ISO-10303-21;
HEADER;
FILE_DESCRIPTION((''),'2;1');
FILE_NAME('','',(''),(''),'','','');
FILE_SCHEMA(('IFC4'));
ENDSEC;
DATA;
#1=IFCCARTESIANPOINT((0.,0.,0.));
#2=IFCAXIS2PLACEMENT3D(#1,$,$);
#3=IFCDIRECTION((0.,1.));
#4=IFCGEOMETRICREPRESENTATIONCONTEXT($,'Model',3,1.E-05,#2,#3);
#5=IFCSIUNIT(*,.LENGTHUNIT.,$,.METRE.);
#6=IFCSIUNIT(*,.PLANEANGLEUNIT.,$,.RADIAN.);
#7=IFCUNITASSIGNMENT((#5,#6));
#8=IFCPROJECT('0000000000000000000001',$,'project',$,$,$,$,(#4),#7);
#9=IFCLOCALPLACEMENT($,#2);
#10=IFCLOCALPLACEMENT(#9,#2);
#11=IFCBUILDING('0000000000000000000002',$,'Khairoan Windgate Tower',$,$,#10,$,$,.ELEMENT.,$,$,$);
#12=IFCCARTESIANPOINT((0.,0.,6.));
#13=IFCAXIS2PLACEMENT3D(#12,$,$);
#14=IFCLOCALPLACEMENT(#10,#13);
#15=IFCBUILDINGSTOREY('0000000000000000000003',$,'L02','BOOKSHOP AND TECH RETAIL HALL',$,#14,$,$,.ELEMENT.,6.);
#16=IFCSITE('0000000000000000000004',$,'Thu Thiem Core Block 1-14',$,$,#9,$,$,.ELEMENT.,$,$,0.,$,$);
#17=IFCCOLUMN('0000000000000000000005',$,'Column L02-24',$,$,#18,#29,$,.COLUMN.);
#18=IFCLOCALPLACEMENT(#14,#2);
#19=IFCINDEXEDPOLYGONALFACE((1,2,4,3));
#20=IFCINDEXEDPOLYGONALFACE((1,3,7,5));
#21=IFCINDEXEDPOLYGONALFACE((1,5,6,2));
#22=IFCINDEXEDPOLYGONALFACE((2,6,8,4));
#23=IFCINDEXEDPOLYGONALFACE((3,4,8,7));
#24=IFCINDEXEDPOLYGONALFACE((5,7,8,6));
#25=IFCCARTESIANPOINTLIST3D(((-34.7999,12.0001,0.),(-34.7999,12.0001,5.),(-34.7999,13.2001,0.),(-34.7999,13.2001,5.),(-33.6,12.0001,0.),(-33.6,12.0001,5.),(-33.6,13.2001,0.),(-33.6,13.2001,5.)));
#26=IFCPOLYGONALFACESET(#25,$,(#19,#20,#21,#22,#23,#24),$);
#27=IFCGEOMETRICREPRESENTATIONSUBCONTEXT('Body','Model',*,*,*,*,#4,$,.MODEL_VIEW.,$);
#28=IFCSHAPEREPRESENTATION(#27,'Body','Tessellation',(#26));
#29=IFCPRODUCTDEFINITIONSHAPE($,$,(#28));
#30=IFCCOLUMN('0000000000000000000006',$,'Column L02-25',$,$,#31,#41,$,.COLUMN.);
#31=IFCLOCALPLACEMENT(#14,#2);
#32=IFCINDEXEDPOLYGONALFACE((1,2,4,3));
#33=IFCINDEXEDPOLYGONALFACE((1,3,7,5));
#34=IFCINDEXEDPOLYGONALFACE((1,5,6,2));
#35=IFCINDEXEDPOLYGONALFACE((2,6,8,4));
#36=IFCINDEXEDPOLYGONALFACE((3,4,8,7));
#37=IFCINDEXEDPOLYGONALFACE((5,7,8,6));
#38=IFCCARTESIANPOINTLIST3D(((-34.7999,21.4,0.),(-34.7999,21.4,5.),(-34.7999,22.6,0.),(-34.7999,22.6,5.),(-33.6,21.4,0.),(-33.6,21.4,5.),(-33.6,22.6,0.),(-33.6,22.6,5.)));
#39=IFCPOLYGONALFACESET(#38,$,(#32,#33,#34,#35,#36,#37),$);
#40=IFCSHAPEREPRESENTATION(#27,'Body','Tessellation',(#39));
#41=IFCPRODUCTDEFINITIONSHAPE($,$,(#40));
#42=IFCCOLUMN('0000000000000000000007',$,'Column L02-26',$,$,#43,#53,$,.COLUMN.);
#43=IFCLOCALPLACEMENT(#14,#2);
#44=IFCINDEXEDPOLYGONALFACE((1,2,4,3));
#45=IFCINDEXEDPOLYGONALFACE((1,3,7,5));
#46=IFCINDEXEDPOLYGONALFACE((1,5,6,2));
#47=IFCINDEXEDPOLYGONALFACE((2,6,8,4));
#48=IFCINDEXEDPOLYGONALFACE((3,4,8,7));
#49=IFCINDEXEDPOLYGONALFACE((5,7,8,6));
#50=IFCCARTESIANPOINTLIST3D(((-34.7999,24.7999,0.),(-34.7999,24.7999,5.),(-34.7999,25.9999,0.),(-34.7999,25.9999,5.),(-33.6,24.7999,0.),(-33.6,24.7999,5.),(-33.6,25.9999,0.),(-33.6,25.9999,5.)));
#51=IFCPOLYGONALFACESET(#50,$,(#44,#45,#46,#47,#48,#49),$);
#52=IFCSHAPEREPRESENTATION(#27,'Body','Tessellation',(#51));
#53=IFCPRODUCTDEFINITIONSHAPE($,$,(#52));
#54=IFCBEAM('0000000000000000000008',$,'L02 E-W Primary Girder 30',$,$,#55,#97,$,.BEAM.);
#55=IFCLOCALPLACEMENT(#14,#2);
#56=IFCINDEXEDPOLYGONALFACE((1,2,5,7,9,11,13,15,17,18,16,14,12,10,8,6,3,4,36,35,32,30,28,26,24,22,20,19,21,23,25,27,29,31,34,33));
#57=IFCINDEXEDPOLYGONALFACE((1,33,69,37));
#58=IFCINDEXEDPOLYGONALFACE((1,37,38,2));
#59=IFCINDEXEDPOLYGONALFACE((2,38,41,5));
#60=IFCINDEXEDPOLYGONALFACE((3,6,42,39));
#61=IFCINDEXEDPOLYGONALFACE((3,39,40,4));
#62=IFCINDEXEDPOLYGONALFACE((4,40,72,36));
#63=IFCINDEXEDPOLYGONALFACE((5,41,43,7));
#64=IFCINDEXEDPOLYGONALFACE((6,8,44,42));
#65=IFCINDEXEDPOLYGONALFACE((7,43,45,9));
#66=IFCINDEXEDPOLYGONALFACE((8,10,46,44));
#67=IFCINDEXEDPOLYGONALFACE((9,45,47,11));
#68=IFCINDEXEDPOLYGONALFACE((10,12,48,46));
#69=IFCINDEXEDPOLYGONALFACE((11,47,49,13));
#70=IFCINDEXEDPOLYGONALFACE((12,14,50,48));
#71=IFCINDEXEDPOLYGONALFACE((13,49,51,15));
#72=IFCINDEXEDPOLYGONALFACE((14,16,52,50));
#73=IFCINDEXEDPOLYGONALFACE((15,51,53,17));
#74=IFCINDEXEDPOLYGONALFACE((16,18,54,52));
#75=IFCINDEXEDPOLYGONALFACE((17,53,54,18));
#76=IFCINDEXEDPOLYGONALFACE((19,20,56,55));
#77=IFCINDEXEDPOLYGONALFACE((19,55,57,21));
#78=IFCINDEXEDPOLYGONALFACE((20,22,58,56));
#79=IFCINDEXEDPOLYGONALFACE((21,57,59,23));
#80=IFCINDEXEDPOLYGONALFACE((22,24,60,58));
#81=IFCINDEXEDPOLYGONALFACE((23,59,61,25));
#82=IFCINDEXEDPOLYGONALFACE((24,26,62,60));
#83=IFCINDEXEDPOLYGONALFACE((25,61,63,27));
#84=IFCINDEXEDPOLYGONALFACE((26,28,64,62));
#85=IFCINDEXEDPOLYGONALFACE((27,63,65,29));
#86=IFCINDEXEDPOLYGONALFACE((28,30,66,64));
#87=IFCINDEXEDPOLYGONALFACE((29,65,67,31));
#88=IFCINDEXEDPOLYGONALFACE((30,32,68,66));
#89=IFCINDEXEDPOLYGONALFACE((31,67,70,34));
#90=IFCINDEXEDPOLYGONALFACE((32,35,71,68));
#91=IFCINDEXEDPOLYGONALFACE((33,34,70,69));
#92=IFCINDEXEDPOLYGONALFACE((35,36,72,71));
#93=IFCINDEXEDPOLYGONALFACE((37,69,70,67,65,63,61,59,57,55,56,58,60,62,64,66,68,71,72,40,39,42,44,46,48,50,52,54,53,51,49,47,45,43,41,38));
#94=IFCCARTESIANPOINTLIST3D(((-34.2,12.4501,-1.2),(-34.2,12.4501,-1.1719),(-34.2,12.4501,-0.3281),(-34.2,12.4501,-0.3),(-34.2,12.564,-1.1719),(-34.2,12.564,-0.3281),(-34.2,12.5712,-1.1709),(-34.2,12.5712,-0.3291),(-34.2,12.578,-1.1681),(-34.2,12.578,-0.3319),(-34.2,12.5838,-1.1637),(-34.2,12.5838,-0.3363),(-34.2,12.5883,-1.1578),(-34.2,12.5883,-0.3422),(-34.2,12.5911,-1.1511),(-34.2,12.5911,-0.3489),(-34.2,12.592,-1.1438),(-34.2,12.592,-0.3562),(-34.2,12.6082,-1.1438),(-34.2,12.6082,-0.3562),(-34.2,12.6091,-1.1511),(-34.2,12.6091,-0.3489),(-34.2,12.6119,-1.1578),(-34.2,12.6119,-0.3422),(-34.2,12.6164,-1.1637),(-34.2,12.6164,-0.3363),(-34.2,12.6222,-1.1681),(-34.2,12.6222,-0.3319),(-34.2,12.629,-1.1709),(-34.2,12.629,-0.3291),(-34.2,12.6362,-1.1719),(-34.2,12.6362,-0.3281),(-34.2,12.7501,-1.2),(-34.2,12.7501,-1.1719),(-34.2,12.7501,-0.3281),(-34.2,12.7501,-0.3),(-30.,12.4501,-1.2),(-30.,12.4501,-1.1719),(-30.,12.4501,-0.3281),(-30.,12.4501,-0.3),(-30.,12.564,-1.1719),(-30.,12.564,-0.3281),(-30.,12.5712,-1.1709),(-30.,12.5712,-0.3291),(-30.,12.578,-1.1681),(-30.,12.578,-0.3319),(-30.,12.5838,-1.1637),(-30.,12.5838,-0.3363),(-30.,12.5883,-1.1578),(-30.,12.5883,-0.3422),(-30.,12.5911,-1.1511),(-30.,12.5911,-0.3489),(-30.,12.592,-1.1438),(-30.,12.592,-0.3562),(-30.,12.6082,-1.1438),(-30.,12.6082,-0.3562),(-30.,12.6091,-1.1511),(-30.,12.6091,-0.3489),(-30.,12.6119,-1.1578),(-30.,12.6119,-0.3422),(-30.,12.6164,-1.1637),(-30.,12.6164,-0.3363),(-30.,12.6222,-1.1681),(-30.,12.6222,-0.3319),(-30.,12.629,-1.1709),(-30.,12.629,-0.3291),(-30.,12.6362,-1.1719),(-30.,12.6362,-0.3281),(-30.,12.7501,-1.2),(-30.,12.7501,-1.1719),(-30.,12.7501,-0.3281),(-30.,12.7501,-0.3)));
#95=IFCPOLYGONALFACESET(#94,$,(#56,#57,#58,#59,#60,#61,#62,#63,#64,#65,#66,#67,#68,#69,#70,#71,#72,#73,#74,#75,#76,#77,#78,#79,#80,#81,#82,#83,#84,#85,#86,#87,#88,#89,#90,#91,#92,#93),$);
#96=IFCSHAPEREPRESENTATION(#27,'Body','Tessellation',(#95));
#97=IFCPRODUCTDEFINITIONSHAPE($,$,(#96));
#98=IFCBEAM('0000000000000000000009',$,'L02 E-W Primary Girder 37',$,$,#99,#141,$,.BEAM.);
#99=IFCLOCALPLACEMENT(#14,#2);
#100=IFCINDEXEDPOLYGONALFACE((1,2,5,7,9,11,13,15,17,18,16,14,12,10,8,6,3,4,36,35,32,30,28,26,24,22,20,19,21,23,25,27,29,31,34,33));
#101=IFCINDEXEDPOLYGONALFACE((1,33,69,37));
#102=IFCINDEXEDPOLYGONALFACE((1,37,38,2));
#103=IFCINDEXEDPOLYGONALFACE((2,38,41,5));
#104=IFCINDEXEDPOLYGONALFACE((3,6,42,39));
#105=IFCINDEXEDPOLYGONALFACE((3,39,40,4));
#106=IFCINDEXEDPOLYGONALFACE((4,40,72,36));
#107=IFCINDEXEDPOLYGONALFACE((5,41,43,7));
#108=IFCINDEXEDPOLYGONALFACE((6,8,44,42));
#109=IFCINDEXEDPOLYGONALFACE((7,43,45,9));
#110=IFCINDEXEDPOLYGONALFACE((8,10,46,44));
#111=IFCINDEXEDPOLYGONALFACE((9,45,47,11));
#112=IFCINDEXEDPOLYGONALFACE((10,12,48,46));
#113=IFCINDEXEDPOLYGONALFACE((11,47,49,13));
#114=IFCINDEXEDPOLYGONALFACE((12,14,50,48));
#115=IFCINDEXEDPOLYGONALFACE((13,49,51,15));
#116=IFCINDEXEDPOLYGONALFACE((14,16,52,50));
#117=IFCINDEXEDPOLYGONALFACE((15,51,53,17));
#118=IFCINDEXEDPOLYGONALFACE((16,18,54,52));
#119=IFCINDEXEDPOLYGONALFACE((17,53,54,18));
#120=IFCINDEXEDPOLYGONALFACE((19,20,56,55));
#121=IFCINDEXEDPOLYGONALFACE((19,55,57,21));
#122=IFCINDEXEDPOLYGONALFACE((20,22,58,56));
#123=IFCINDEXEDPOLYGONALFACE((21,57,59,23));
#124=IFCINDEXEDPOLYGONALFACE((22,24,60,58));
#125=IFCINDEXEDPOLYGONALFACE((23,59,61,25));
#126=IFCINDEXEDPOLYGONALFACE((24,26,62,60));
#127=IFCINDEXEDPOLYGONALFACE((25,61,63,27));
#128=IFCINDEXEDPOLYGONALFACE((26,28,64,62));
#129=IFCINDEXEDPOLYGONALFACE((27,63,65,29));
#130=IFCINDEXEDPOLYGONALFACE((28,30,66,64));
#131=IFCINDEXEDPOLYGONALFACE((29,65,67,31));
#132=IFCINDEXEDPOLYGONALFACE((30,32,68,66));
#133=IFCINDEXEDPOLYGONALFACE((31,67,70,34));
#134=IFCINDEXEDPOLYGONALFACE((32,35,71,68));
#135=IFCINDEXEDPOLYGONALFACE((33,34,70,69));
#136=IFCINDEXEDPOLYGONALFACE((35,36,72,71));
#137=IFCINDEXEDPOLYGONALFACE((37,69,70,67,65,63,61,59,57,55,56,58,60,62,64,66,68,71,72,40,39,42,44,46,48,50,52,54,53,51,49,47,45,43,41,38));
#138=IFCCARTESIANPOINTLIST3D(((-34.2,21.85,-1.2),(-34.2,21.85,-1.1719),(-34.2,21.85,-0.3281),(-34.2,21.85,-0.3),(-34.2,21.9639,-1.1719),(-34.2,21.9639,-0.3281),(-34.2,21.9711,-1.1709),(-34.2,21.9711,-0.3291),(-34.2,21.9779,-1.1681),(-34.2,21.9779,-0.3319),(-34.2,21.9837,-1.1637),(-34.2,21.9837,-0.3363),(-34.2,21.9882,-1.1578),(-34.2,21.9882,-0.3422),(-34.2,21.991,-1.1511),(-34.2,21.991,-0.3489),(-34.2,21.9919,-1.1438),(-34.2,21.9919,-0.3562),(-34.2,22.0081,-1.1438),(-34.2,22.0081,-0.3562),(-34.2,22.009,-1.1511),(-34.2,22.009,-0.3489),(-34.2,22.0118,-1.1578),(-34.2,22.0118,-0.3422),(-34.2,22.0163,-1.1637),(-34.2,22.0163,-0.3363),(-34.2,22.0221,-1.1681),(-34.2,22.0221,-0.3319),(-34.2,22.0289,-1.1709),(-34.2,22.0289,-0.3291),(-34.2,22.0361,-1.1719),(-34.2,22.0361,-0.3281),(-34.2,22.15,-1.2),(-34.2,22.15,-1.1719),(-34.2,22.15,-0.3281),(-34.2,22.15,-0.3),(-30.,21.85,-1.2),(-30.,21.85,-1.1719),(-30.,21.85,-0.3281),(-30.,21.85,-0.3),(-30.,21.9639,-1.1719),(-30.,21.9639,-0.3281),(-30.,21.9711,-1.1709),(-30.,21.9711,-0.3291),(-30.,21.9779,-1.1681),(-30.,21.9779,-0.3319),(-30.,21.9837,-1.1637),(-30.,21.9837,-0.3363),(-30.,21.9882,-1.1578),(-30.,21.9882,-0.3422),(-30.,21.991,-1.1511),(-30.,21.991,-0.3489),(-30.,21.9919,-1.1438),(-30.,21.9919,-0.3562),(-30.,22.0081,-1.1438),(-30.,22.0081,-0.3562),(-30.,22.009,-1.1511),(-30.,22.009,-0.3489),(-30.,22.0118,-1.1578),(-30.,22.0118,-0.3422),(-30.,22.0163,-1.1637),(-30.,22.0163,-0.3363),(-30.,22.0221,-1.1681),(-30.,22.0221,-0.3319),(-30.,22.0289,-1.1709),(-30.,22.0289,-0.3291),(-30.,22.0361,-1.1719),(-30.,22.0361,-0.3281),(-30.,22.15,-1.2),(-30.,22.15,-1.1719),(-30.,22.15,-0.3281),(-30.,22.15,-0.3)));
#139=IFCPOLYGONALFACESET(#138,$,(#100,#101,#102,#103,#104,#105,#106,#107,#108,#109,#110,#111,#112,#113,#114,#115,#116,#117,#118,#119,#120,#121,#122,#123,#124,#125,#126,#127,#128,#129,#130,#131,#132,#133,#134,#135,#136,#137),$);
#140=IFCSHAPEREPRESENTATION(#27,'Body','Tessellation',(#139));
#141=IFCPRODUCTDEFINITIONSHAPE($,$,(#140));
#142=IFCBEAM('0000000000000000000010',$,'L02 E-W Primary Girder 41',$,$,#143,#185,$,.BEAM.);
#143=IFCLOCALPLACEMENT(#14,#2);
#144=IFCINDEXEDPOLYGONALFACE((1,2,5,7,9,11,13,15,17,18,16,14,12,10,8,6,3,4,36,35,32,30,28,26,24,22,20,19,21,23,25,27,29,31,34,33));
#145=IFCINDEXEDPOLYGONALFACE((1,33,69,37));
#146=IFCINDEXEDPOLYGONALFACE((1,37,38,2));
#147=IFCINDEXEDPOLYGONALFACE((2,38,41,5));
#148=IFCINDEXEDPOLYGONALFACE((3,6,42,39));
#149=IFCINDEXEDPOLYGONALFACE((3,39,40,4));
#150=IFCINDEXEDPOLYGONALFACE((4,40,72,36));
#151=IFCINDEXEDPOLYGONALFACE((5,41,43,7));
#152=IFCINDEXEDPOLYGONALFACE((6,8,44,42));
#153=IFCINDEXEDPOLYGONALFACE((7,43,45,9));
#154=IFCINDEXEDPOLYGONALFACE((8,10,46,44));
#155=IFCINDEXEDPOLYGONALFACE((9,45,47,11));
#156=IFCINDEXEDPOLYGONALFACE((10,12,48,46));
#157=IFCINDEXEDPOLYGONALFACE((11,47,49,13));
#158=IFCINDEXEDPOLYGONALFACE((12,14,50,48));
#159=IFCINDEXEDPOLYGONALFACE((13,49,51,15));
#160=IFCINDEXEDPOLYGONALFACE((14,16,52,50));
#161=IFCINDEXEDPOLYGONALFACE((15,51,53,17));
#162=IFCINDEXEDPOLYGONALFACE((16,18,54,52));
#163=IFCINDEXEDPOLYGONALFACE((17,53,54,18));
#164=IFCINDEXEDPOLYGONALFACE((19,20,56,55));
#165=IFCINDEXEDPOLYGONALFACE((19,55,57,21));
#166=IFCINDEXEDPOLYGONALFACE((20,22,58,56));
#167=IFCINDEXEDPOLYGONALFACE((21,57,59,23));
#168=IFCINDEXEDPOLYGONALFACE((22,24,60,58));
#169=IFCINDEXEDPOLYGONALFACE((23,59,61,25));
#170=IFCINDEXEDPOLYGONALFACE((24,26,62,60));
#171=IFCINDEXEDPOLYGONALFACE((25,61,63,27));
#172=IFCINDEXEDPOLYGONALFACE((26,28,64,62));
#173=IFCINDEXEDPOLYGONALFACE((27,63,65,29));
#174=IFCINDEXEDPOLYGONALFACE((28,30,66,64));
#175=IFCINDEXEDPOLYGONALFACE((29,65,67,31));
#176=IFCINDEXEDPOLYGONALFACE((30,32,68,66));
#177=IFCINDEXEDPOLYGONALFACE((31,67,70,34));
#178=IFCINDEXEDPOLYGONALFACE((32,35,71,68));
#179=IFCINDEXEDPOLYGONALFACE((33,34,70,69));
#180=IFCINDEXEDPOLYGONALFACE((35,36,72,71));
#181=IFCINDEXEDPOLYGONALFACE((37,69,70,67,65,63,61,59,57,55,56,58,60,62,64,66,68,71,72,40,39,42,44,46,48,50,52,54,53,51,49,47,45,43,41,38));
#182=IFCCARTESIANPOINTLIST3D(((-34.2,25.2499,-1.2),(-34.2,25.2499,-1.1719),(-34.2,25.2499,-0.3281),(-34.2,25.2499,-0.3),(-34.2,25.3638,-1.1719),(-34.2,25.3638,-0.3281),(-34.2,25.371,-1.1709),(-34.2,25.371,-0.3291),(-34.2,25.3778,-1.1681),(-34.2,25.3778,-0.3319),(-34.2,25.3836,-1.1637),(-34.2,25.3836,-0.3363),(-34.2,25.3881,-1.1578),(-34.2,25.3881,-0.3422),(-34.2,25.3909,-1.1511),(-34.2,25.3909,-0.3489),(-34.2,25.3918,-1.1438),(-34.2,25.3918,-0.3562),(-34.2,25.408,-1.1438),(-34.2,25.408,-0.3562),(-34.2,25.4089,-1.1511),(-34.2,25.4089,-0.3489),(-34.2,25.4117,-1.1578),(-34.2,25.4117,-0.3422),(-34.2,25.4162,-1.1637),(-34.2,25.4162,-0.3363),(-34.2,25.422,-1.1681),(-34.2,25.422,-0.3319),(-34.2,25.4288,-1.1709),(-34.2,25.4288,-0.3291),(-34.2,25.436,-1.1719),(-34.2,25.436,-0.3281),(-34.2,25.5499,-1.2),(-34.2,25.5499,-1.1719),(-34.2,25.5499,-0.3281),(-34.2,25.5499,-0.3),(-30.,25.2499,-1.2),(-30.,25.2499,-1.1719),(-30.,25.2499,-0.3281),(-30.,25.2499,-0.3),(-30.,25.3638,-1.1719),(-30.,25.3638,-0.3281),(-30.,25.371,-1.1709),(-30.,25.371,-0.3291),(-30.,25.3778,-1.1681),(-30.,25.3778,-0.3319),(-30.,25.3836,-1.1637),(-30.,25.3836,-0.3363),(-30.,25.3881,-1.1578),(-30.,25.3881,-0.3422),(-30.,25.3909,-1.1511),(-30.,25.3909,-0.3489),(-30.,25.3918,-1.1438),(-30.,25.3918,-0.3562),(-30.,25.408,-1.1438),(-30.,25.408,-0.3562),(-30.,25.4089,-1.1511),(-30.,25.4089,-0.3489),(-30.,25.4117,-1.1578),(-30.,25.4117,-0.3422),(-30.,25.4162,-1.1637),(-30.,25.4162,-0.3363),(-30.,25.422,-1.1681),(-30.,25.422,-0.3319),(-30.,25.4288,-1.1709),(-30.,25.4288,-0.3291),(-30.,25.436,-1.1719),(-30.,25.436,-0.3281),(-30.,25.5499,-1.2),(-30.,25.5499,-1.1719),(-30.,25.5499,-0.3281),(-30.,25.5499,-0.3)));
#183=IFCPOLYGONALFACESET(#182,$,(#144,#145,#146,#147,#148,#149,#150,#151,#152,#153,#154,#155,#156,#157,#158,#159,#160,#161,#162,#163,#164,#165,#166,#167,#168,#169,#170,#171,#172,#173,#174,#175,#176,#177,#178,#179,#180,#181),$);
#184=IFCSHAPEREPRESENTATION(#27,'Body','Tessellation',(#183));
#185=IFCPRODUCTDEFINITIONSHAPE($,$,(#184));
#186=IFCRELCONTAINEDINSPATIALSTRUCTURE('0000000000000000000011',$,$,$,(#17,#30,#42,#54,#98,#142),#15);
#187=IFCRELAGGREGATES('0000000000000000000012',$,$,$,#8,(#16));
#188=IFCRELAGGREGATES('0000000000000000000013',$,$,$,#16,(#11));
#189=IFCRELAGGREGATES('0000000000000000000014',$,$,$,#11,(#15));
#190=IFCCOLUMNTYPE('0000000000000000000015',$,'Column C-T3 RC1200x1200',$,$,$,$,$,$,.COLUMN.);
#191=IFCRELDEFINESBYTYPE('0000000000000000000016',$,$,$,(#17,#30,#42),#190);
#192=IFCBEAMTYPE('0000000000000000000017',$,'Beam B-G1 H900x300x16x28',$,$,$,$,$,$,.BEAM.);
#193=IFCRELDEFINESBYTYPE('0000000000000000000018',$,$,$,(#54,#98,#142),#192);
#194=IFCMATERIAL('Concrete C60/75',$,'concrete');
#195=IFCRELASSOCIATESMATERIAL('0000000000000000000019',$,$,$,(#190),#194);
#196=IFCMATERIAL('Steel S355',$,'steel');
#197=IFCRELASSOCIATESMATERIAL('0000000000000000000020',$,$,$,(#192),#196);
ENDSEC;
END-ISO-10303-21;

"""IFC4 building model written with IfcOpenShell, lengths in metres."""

from ifc_helpers import new_model, si_unit, direction, frame, origin, origin_2d, place, context, subcontext, project, spatial, rectangle, i_section, extrude, material, material_profile, profile_set, type_object, element, save


model = new_model("IFC4")

# Units and contexts
model_context = context("Model", 3, precision=1e-05, world=origin(), true_north=direction((0.0, 1.0)))
body_context = subcontext(model_context, "Body", "Model", "MODEL_VIEW")
ifc_project = project(units=[si_unit("LENGTHUNIT", "METRE"), si_unit("PLANEANGLEUNIT", "RADIAN")], contexts=[model_context])

# Site, building, storey
site_placement = place(None, origin())
site = spatial("IfcSite", under=ifc_project, at=site_placement, Name="Thu Thiem Core Block 1-14", CompositionType="ELEMENT", RefElevation=0.0)
building_placement = place(site_placement, origin())
building = spatial("IfcBuilding", under=site, at=building_placement, Name="Khairoan Windgate Tower", CompositionType="ELEMENT")
storey_placement = place(building_placement, frame((0.0, 0.0, 6.0)))
storey = spatial("IfcBuildingStorey", under=building, at=storey_placement, Name="L02", Description="BOOKSHOP AND TECH RETAIL HALL", CompositionType="ELEMENT", Elevation=6.0)

# Columns
ifc_material_1 = material(Name="Concrete C60/75", Category="concrete")
ifc_material_profile_1 = material_profile(ifc_material_1, rectangle(XDim=1.2, YDim=1.2, at=origin_2d()))
ifc_profile_set_1 = profile_set([ifc_material_profile_1], Name="Concrete C60/75")
column_type = type_object("IfcColumnType", Name="Column C-T3 RC1200x1200", PredefinedType="COLUMN", material=ifc_profile_set_1)
for number, where, z_axis, x_axis, name in (
    (1, (-34.2, 12.6001, 0.0), (0.0, 0.0, 1.0), (1.0, 0.0, 0.0), "Column L02-24"),
    (2, (-34.2, 22.0, 0.0), (0.0, 0.0, 1.0), (1.0, 0.0, 0.0), "Column L02-25"),
    (3, (-34.2, 25.3999, 0.0), (0.0, 0.0, 1.0), (1.0, 0.0, 0.0), "Column L02-26"),
):
    element("IfcColumn", number, at=place(storey_placement, frame(where, z_axis=z_axis, x_axis=x_axis)), inside=storey, type_object=column_type, Name=name, PredefinedType="COLUMN", context=body_context, shape_type="SweptSolid", body=[
        extrude(rectangle(XDim=1.2, YDim=1.2, at=origin_2d()), origin(), (0.0, 0.0, 1.0), 5.0),
    ])

# Beams
ifc_material_2 = material(Name="Steel S355", Category="steel")
ifc_material_profile_2 = material_profile(ifc_material_2, i_section(OverallWidth=0.3, OverallDepth=0.8999, WebThickness=0.0161, FlangeThickness=0.0281, FilletRadius=0.0281, at=origin_2d()))
ifc_profile_set_2 = profile_set([ifc_material_profile_2], Name="Steel S355")
beam_type_1 = type_object("IfcBeamType", Name="Beam B-G1 H900x300x16x28", PredefinedType="BEAM", material=ifc_profile_set_2)
for number, where, z_axis, x_axis, name in (
    (4, (-34.2, 12.6001, -0.75), (1.0, 0.0, 0.0), (0.0, 1.0, 0.0), "L02 E-W Primary Girder 30"),
    (5, (-34.2, 22.0, -0.75), (1.0, 0.0, 0.0), (0.0, 1.0, 0.0), "L02 E-W Primary Girder 37"),
    (6, (-34.2, 25.3999, -0.75), (1.0, 0.0, 0.0), (0.0, 1.0, 0.0), "L02 E-W Primary Girder 41"),
):
    element("IfcBeam", number, at=place(storey_placement, frame(where, z_axis=z_axis, x_axis=x_axis)), inside=storey, type_object=beam_type_1, Name=name, PredefinedType="BEAM", context=body_context, shape_type="SweptSolid", body=[
        extrude(i_section(OverallWidth=0.3, OverallDepth=0.8999, WebThickness=0.0161, FlangeThickness=0.0281, FilletRadius=0.0281, at=origin_2d()), origin(), (0.0, 0.0, 1.0), 4.2),
    ])

save(model, "model.ifc")
